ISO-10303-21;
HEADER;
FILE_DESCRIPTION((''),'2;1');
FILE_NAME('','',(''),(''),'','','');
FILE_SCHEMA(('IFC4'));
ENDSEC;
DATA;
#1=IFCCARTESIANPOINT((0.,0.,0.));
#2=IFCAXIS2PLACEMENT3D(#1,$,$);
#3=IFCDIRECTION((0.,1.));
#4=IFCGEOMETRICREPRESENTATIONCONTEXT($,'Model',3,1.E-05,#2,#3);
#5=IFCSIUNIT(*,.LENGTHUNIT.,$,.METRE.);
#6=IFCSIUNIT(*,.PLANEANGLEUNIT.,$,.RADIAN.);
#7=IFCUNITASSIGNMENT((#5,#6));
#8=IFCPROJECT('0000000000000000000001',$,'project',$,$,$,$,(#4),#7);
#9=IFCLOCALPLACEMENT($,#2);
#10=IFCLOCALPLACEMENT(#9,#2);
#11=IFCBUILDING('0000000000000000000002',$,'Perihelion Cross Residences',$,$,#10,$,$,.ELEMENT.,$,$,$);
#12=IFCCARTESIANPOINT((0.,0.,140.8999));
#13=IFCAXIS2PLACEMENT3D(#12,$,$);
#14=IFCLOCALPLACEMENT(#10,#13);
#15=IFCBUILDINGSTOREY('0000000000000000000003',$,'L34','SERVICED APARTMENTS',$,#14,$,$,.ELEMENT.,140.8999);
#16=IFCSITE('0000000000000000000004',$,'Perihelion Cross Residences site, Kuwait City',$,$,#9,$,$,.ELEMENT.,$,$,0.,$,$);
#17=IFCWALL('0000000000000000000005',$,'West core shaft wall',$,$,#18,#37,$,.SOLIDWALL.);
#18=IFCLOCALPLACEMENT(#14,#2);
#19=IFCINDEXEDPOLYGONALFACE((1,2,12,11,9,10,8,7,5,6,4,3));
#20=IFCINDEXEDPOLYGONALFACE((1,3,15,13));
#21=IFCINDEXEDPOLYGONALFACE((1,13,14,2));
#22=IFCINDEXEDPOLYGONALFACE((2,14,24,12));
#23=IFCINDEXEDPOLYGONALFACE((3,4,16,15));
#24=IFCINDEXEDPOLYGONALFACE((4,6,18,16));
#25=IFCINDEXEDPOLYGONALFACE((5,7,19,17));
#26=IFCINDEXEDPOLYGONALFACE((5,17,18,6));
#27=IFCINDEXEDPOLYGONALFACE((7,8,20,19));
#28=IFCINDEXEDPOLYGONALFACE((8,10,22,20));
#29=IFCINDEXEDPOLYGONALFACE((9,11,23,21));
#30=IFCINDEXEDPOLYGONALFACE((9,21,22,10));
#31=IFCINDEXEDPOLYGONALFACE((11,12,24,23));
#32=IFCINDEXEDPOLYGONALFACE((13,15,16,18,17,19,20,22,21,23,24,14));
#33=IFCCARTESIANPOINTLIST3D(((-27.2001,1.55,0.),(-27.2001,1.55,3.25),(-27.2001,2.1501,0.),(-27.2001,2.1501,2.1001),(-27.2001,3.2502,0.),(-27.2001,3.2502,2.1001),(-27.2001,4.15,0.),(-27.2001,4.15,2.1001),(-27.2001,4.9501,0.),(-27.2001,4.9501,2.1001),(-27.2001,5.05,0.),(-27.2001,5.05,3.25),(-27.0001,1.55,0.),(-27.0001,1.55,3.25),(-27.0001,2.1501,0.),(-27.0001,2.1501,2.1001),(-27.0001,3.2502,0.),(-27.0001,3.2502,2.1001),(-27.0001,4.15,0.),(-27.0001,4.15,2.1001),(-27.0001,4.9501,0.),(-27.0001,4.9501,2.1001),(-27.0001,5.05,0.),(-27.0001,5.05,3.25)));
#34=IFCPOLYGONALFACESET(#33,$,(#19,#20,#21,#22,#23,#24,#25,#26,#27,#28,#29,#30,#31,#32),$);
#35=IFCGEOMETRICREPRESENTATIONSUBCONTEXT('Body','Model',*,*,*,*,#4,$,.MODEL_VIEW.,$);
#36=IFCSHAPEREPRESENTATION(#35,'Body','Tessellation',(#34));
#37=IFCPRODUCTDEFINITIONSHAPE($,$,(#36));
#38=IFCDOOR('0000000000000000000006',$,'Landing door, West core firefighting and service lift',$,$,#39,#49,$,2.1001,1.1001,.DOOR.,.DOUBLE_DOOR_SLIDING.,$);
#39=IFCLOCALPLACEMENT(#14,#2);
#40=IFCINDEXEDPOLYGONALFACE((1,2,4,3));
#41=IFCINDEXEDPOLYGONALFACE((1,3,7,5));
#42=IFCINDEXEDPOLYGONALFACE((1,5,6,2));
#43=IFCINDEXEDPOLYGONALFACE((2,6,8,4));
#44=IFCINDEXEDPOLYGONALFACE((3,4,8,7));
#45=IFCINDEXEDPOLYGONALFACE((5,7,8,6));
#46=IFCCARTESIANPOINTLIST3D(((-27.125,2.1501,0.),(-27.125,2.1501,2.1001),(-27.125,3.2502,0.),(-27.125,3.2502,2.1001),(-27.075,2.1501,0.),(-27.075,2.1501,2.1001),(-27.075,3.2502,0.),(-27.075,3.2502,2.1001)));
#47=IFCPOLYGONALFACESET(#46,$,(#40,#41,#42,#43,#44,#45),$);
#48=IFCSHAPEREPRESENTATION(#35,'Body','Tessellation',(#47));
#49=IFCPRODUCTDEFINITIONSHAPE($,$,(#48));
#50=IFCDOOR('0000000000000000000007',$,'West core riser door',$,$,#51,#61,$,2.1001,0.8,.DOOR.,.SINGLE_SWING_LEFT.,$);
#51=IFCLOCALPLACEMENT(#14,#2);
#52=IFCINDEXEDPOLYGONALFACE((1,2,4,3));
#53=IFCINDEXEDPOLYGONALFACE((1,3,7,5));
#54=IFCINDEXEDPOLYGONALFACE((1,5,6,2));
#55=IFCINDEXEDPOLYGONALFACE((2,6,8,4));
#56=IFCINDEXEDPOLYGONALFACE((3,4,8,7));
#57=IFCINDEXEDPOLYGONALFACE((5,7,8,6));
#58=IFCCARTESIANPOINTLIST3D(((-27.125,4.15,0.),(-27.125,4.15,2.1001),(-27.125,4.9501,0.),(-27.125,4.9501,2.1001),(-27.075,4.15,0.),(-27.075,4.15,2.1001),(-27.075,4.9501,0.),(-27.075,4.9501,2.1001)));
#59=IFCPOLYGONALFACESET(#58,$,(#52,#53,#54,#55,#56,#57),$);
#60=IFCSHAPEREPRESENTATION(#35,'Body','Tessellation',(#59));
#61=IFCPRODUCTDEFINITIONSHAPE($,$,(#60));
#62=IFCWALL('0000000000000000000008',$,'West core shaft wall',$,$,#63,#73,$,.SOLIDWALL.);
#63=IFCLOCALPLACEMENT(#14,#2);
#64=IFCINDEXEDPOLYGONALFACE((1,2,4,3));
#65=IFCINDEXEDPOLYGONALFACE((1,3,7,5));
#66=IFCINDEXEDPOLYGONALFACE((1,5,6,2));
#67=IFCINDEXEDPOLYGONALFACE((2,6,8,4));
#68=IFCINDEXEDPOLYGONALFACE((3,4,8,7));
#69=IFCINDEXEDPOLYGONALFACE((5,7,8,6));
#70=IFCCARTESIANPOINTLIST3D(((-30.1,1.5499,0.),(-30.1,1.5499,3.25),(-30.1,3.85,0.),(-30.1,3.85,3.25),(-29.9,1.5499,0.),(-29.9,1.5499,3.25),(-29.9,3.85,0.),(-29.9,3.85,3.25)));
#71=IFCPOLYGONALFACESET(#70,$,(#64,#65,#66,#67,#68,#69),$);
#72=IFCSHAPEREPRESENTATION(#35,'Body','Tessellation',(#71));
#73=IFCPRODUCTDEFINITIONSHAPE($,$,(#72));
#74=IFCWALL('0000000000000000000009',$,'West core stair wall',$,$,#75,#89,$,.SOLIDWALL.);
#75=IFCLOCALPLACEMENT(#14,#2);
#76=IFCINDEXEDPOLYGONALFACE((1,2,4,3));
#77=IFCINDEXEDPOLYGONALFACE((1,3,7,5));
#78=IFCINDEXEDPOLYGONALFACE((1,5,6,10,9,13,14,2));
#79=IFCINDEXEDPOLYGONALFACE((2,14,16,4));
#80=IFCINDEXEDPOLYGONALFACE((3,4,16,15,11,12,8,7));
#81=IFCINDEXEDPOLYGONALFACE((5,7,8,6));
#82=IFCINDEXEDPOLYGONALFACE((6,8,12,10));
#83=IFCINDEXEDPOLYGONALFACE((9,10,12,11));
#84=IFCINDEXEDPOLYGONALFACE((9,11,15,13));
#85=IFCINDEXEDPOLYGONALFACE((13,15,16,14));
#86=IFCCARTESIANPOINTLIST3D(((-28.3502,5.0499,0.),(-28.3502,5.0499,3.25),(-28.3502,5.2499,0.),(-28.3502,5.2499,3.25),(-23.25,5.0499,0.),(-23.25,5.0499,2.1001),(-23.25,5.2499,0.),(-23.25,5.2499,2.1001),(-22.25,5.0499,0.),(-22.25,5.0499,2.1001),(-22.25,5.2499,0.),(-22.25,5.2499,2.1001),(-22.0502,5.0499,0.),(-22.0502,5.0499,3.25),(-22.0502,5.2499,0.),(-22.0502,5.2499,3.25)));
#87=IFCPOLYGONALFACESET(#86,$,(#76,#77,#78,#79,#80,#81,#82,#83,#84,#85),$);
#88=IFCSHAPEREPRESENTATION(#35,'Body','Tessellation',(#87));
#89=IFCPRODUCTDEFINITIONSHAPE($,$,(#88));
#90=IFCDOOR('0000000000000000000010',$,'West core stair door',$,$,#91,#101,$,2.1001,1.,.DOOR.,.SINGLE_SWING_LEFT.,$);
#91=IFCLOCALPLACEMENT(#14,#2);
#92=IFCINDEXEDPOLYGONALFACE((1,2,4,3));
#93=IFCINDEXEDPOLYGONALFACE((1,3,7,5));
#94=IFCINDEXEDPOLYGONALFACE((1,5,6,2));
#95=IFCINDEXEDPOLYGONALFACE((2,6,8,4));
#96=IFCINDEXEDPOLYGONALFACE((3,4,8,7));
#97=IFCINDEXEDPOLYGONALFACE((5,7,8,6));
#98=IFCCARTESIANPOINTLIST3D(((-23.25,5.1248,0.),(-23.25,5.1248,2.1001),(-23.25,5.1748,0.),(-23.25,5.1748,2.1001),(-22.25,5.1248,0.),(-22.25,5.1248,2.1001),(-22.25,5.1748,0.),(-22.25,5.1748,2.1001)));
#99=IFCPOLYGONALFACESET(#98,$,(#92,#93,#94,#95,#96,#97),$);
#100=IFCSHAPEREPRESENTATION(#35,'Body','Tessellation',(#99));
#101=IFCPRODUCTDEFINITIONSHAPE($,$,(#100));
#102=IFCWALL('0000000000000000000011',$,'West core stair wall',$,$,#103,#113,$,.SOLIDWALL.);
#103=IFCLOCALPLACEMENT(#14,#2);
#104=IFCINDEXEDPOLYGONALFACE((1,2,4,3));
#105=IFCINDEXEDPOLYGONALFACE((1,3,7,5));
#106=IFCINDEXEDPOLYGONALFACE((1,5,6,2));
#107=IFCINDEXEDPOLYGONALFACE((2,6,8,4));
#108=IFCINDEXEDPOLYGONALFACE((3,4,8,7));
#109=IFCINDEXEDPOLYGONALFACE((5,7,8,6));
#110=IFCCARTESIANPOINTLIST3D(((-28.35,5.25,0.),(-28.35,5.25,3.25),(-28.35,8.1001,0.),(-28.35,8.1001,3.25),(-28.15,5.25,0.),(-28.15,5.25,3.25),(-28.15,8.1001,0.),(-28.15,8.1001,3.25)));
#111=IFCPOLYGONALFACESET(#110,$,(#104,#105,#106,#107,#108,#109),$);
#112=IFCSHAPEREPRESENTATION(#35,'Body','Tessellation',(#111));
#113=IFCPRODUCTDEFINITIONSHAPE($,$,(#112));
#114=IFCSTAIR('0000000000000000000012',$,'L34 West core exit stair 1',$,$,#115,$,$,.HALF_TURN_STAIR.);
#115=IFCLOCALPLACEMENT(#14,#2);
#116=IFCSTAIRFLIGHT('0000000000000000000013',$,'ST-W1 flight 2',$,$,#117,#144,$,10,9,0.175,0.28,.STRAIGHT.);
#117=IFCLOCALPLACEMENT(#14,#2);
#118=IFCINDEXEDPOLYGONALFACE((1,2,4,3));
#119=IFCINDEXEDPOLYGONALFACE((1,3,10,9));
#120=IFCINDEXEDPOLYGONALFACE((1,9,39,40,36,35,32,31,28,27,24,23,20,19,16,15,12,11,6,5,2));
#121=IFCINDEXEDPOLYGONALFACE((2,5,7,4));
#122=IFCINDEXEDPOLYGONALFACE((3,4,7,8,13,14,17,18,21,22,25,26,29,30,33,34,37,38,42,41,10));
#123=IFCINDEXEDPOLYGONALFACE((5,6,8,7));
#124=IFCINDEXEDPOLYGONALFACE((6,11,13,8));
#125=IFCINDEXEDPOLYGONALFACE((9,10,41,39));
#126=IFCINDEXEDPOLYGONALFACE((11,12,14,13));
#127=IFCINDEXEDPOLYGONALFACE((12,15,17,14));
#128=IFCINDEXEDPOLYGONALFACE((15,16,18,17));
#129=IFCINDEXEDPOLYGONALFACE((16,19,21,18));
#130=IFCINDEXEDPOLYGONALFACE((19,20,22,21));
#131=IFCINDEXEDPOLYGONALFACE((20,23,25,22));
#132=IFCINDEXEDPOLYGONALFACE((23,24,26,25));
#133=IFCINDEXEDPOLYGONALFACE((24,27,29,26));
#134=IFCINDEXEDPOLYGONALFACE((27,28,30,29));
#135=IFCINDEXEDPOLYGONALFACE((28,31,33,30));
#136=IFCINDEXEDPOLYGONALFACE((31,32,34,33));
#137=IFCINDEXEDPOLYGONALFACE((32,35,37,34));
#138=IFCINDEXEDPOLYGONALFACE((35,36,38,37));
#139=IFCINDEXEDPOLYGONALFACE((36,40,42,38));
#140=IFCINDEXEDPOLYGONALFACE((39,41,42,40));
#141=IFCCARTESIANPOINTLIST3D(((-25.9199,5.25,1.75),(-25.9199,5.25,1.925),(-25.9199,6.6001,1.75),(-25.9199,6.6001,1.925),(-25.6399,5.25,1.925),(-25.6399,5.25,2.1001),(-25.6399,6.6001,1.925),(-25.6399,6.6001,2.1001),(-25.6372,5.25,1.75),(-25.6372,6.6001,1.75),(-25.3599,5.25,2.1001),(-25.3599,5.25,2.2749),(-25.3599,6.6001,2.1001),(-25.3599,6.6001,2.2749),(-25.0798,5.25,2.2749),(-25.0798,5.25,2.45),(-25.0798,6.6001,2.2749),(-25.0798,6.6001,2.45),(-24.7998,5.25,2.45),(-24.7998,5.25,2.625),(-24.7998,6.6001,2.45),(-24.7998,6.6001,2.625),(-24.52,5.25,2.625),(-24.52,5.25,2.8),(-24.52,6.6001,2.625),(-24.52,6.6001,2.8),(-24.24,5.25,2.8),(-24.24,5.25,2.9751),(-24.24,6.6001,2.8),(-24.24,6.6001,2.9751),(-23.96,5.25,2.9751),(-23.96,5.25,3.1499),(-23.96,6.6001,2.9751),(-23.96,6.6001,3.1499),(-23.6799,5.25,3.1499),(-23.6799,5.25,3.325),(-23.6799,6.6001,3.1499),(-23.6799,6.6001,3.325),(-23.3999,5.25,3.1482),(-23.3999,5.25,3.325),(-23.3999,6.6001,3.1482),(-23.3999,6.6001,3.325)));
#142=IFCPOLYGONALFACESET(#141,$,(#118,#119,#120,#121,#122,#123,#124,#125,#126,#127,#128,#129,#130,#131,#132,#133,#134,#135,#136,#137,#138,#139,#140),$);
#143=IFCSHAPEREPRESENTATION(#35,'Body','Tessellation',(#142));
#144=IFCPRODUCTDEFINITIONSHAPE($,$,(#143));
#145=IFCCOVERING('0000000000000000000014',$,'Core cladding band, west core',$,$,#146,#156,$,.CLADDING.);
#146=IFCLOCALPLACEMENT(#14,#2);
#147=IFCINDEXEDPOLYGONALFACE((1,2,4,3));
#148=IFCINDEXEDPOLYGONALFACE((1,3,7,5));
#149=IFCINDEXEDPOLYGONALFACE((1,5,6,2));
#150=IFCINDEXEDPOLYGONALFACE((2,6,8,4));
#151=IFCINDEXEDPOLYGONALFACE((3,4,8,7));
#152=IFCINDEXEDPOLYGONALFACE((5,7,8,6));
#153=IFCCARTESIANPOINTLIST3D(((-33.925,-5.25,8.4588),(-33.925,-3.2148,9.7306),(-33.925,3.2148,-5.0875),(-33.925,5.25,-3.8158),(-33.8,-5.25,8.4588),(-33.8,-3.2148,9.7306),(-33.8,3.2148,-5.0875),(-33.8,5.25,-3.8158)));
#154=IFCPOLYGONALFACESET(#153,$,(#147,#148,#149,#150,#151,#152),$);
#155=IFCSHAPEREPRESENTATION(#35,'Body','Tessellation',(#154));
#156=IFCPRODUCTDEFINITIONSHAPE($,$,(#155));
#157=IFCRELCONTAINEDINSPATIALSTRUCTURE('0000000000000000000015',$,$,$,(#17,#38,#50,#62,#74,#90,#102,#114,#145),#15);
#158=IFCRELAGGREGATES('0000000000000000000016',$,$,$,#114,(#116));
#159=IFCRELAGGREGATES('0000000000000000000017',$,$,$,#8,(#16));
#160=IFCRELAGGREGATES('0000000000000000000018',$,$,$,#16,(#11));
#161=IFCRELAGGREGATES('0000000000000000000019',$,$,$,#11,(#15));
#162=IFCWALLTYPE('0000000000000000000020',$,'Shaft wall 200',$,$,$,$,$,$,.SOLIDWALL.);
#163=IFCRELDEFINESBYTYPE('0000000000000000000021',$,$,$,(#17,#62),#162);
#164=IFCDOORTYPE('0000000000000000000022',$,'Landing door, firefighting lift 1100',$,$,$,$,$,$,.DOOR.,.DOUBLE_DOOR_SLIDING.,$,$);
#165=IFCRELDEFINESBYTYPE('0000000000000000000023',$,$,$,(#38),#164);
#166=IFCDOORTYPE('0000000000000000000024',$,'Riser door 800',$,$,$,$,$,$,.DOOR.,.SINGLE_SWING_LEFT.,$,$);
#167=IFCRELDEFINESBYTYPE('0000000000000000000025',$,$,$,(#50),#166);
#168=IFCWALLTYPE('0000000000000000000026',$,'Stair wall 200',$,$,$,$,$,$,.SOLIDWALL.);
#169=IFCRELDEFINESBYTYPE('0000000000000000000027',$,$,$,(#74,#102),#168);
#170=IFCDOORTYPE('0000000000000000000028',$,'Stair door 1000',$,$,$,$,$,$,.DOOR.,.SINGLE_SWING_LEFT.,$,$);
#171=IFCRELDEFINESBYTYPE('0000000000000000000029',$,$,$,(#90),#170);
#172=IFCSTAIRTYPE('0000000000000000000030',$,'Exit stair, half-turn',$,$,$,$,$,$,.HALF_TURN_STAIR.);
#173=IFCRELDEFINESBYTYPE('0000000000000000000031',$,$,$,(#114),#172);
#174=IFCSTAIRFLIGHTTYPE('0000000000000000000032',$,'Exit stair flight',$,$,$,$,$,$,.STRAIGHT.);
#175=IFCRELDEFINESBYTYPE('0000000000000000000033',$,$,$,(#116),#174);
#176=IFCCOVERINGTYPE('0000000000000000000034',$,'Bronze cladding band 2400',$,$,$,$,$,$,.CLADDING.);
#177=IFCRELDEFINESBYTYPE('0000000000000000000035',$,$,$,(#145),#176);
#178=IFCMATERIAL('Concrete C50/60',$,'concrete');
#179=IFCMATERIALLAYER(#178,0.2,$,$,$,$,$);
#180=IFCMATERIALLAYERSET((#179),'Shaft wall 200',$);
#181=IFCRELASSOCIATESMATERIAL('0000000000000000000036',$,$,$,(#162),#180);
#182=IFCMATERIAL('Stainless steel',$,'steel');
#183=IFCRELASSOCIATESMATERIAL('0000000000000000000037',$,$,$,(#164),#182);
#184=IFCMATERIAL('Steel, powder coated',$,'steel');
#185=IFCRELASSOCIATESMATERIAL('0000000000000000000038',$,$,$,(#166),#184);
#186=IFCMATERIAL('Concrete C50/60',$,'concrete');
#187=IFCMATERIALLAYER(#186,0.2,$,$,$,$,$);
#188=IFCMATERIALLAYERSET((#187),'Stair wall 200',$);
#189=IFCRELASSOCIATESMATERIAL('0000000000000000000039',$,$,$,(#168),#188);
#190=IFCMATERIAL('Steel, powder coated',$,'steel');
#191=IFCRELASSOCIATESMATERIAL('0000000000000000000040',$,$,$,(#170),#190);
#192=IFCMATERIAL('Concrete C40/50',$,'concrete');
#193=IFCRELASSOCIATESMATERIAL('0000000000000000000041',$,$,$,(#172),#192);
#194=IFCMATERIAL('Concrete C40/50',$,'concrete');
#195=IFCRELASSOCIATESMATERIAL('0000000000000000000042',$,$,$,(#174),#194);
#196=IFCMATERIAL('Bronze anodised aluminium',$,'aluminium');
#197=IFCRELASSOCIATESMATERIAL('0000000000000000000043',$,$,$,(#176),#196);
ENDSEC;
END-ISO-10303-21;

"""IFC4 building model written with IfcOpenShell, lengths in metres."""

from ifc_helpers import new_model, si_unit, direction, frame, frame_2d, origin, origin_2d, place, context, subcontext, project, spatial, polyline, rectangle, outline, extrude, material, layer, layer_set, material_profile, profile_set, type_object, element, fill, aggregate, save


model = new_model("IFC4")

# Units and contexts
model_context = context("Model", 3, precision=1e-05, world=origin(), true_north=direction((0.0, 1.0)))
body_context = subcontext(model_context, "Body", "Model", "MODEL_VIEW")
ifc_project = project(units=[si_unit("LENGTHUNIT", "METRE"), si_unit("PLANEANGLEUNIT", "RADIAN")], contexts=[model_context])

# Site, building, storey
site_placement = place(None, origin())
site = spatial("IfcSite", under=ifc_project, at=site_placement, Name="Perihelion Cross Residences site, Kuwait City", CompositionType="ELEMENT", RefElevation=0.0)
building_placement = place(site_placement, origin())
building = spatial("IfcBuilding", under=site, at=building_placement, Name="Perihelion Cross Residences", CompositionType="ELEMENT")
storey_placement = place(building_placement, frame((0.0, 0.0, 140.8999)))
storey = spatial("IfcBuildingStorey", under=building, at=storey_placement, Name="L34", Description="SERVICED APARTMENTS", CompositionType="ELEMENT", Elevation=140.8999)

# Shared definitions
ifc_material_1 = material(Name="Concrete C50/60", Category="concrete")
ifc_layer_1 = layer(ifc_material_1, 0.2)
ifc_layer_set_1 = layer_set([ifc_layer_1], Name="Shaft wall 200")
wall_type_1 = type_object("IfcWallType", Name="Shaft wall 200", PredefinedType="SOLIDWALL", material=ifc_layer_set_1)

# Wall, openings, doors
wall_1_placement = place(storey_placement, frame((-27.1001, 1.55, 0.0), z_axis=(0.0, 0.0, 1.0), x_axis=(0.0, 1.0, 0.0)))
wall_1 = element("IfcWall", 1, at=wall_1_placement, inside=storey, type_object=wall_type_1, Name="West core shaft wall", PredefinedType="SOLIDWALL", context=body_context, shape_type="SweptSolid", body=[
    extrude(rectangle(XDim=3.5, YDim=0.2, at=frame_2d((1.75, 0.0))), origin(), (0.0, 0.0, 1.0), 3.25),
])
opening_1_placement = place(wall_1_placement, frame((0.6001, 0.0, 0.0)))
opening_1 = element("IfcOpeningElement", 2, at=opening_1_placement, cuts=wall_1, PredefinedType="OPENING", context=body_context, shape_type="SweptSolid", body=[
    extrude(rectangle(XDim=1.1001, YDim=2.1001, at=frame_2d((0.55, 1.05))), frame((0.0, 0.1099, 0.0), z_axis=(0.0, -1.0, 0.0), x_axis=(1.0, 0.0, 0.0)), (0.0, 0.0, 1.0), 0.22),
])
opening_2_placement = place(wall_1_placement, frame((2.6001, 0.0, 0.0)))
opening_2 = element("IfcOpeningElement", 3, at=opening_2_placement, cuts=wall_1, PredefinedType="OPENING", context=body_context, shape_type="SweptSolid", body=[
    extrude(rectangle(XDim=0.8, YDim=2.1001, at=frame_2d((0.3999, 1.05))), frame((0.0, 0.1099, 0.0), z_axis=(0.0, -1.0, 0.0), x_axis=(1.0, 0.0, 0.0)), (0.0, 0.0, 1.0), 0.22),
])
ifc_material_2 = material(Name="Stainless steel", Category="steel")
door_type_1 = type_object("IfcDoorType", Name="Landing door, firefighting lift 1100", OperationType="DOUBLE_DOOR_SLIDING", PredefinedType="DOOR", material=ifc_material_2)
door_1_placement = place(opening_1_placement, origin())
door_1 = element("IfcDoor", 4, at=door_1_placement, inside=storey, type_object=door_type_1, Name="Landing door, West core firefighting and service lift", OperationType="DOUBLE_DOOR_SLIDING", OverallHeight=2.1001, OverallWidth=1.1001, PredefinedType="DOOR", context=body_context, shape_type="SweptSolid", body=[
    extrude(rectangle(XDim=1.1001, YDim=2.1001, at=frame_2d((0.55, 1.05))), frame((0.0, 0.0249, 0.0), z_axis=(0.0, -1.0, 0.0), x_axis=(1.0, 0.0, 0.0)), (0.0, 0.0, 1.0), 0.05),
])
fill(opening_1, door_1)
ifc_material_3 = material(Name="Steel, powder coated", Category="steel")
door_type_2 = type_object("IfcDoorType", Name="Riser door 800", OperationType="SINGLE_SWING_LEFT", PredefinedType="DOOR", material=ifc_material_3)
door_2_placement = place(opening_2_placement, origin())
door_2 = element("IfcDoor", 5, at=door_2_placement, inside=storey, type_object=door_type_2, Name="West core riser door", OperationType="SINGLE_SWING_LEFT", OverallHeight=2.1001, OverallWidth=0.8, PredefinedType="DOOR", context=body_context, shape_type="SweptSolid", body=[
    extrude(rectangle(XDim=0.8, YDim=2.1001, at=frame_2d((0.3999, 1.05))), frame((0.0, 0.0249, 0.0), z_axis=(0.0, -1.0, 0.0), x_axis=(1.0, 0.0, 0.0)), (0.0, 0.0, 1.0), 0.05),
])
fill(opening_2, door_2)

# Wall
wall_2_placement = place(storey_placement, frame((-30.0, 1.55, 0.0), z_axis=(0.0, 0.0, 1.0), x_axis=(0.0, 1.0, 0.0)))
element("IfcWall", 6, at=wall_2_placement, inside=storey, type_object=wall_type_1, Name="West core shaft wall", PredefinedType="SOLIDWALL", context=body_context, shape_type="SweptSolid", body=[
    extrude(rectangle(XDim=2.3, YDim=0.2, at=frame_2d((1.1499, 0.0))), origin(), (0.0, 0.0, 1.0), 3.25),
])

# Wall, opening, door
ifc_material_4 = material(Name="Concrete C50/60", Category="concrete")
ifc_layer_2 = layer(ifc_material_4, 0.2)
ifc_layer_set_2 = layer_set([ifc_layer_2], Name="Stair wall 200")
wall_type_2 = type_object("IfcWallType", Name="Stair wall 200", PredefinedType="SOLIDWALL", material=ifc_layer_set_2)
wall_3_placement = place(storey_placement, frame((-28.3501, 5.1499, 0.0), z_axis=(0.0, 0.0, 1.0), x_axis=(1.0, 0.0, 0.0)))
wall_3 = element("IfcWall", 7, at=wall_3_placement, inside=storey, type_object=wall_type_2, Name="West core stair wall", PredefinedType="SOLIDWALL", context=body_context, shape_type="SweptSolid", body=[
    extrude(rectangle(XDim=6.3, YDim=0.2, at=frame_2d((3.1499, 0.0))), origin(), (0.0, 0.0, 1.0), 3.25),
])
opening_3_placement = place(wall_3_placement, frame((5.1001, 0.0, 0.0)))
opening_3 = element("IfcOpeningElement", 8, at=opening_3_placement, cuts=wall_3, PredefinedType="OPENING", context=body_context, shape_type="SweptSolid", body=[
    extrude(rectangle(XDim=1.0, YDim=2.1001, at=frame_2d((0.5, 1.05))), frame((0.0, 0.1099, 0.0), z_axis=(0.0, -1.0, 0.0), x_axis=(1.0, 0.0, 0.0)), (0.0, 0.0, 1.0), 0.22),
])
ifc_material_5 = material(Name="Steel, powder coated", Category="steel")
door_type_3 = type_object("IfcDoorType", Name="Stair door 1000", OperationType="SINGLE_SWING_LEFT", PredefinedType="DOOR", material=ifc_material_5)
door_3_placement = place(opening_3_placement, origin())
door_3 = element("IfcDoor", 9, at=door_3_placement, inside=storey, type_object=door_type_3, Name="West core stair door", OperationType="SINGLE_SWING_LEFT", OverallHeight=2.1001, OverallWidth=1.0, PredefinedType="DOOR", context=body_context, shape_type="SweptSolid", body=[
    extrude(rectangle(XDim=1.0, YDim=2.1001, at=frame_2d((0.5, 1.05))), frame((0.0, 0.0249, 0.0), z_axis=(0.0, -1.0, 0.0), x_axis=(1.0, 0.0, 0.0)), (0.0, 0.0, 1.0), 0.05),
])
fill(opening_3, door_3)

# Wall
wall_4_placement = place(storey_placement, frame((-28.25, 5.25, 0.0), z_axis=(0.0, 0.0, 1.0), x_axis=(0.0, 1.0, 0.0)))
element("IfcWall", 10, at=wall_4_placement, inside=storey, type_object=wall_type_2, Name="West core stair wall", PredefinedType="SOLIDWALL", context=body_context, shape_type="SweptSolid", body=[
    extrude(rectangle(XDim=2.8501, YDim=0.2, at=frame_2d((1.425, 0.0))), origin(), (0.0, 0.0, 1.0), 3.25),
])

# Stair, stair flight
ifc_material_6 = material(Name="Concrete C40/50", Category="concrete")
stair_type = type_object("IfcStairType", Name="Exit stair, half-turn", PredefinedType="HALF_TURN_STAIR", material=ifc_material_6)
stair_placement = place(storey_placement, origin())
stair = element("IfcStair", 11, at=stair_placement, inside=storey, type_object=stair_type, Name="L34 West core exit stair 1", PredefinedType="HALF_TURN_STAIR")
ifc_material_7 = material(Name="Concrete C40/50", Category="concrete")
stair_flight_type = type_object("IfcStairFlightType", Name="Exit stair flight", PredefinedType="STRAIGHT", material=ifc_material_7)
stair_flight_placement = place(storey_placement, frame((-25.9199, 5.925, 1.75), z_axis=(0.0, 0.0, 1.0), x_axis=(1.0, 0.0, 0.0)))
stair_flight = element("IfcStairFlight", 12, at=stair_flight_placement, type_object=stair_flight_type, Name="ST-W1 flight 2", NumberOfRisers=10, NumberOfTreads=9, PredefinedType="STRAIGHT", RiserHeight=0.175, TreadLength=0.28, context=body_context, shape_type="SweptSolid", body=[
    extrude(outline(polyline([(0.0, 0.0), (0.0, 0.175), (0.28, 0.175), (0.28, 0.3501), (0.5601, 0.3501), (0.5601, 0.5249), (0.8401, 0.5249), (0.8401, 0.7), (1.1201, 0.7), (1.1201, 0.875), (1.3999, 0.875), (1.3999, 1.05), (1.6799, 1.05), (1.6799, 1.2251), (1.96, 1.2251), (1.96, 1.3999), (2.24, 1.3999), (2.24, 1.575), (2.52, 1.575), (2.52, 1.75), (2.52, 1.3982), (0.2827, 0.0), (0.0, 0.0)])), frame((0.0, 0.675, 0.0), z_axis=(0.0, -1.0, 0.0), x_axis=(1.0, 0.0, 0.0)), (0.0, 0.0, 1.0), 1.3501),
])
aggregate(stair, [stair_flight])

# Covering
ifc_material_8 = material(Name="Bronze anodised aluminium", Category="aluminium")
ifc_material_profile = material_profile(ifc_material_8, rectangle(XDim=0.125, YDim=2.3999, at=origin_2d()), Name="Bronze cladding band 2400")
ifc_profile_set = profile_set([ifc_material_profile], Name="Bronze anodised aluminium")
covering_type = type_object("IfcCoveringType", Name="Bronze cladding band 2400", PredefinedType="CLADDING", material=ifc_profile_set)
covering_placement = place(storey_placement, frame((-33.8625, 4.2324, -4.4517), z_axis=(0.0, -0.529925, 0.848045), x_axis=(1.0, 0.0, 0.0)))
element("IfcCovering", 13, at=covering_placement, inside=storey, type_object=covering_type, Name="Core cladding band, west core", PredefinedType="CLADDING", context=body_context, shape_type="SweptSolid", body=[
    extrude(rectangle(XDim=0.125, YDim=2.3999, at=origin_2d()), origin(), (0.0, 0.0, 1.0), 15.9736),
])

save(model, "model.ifc")
